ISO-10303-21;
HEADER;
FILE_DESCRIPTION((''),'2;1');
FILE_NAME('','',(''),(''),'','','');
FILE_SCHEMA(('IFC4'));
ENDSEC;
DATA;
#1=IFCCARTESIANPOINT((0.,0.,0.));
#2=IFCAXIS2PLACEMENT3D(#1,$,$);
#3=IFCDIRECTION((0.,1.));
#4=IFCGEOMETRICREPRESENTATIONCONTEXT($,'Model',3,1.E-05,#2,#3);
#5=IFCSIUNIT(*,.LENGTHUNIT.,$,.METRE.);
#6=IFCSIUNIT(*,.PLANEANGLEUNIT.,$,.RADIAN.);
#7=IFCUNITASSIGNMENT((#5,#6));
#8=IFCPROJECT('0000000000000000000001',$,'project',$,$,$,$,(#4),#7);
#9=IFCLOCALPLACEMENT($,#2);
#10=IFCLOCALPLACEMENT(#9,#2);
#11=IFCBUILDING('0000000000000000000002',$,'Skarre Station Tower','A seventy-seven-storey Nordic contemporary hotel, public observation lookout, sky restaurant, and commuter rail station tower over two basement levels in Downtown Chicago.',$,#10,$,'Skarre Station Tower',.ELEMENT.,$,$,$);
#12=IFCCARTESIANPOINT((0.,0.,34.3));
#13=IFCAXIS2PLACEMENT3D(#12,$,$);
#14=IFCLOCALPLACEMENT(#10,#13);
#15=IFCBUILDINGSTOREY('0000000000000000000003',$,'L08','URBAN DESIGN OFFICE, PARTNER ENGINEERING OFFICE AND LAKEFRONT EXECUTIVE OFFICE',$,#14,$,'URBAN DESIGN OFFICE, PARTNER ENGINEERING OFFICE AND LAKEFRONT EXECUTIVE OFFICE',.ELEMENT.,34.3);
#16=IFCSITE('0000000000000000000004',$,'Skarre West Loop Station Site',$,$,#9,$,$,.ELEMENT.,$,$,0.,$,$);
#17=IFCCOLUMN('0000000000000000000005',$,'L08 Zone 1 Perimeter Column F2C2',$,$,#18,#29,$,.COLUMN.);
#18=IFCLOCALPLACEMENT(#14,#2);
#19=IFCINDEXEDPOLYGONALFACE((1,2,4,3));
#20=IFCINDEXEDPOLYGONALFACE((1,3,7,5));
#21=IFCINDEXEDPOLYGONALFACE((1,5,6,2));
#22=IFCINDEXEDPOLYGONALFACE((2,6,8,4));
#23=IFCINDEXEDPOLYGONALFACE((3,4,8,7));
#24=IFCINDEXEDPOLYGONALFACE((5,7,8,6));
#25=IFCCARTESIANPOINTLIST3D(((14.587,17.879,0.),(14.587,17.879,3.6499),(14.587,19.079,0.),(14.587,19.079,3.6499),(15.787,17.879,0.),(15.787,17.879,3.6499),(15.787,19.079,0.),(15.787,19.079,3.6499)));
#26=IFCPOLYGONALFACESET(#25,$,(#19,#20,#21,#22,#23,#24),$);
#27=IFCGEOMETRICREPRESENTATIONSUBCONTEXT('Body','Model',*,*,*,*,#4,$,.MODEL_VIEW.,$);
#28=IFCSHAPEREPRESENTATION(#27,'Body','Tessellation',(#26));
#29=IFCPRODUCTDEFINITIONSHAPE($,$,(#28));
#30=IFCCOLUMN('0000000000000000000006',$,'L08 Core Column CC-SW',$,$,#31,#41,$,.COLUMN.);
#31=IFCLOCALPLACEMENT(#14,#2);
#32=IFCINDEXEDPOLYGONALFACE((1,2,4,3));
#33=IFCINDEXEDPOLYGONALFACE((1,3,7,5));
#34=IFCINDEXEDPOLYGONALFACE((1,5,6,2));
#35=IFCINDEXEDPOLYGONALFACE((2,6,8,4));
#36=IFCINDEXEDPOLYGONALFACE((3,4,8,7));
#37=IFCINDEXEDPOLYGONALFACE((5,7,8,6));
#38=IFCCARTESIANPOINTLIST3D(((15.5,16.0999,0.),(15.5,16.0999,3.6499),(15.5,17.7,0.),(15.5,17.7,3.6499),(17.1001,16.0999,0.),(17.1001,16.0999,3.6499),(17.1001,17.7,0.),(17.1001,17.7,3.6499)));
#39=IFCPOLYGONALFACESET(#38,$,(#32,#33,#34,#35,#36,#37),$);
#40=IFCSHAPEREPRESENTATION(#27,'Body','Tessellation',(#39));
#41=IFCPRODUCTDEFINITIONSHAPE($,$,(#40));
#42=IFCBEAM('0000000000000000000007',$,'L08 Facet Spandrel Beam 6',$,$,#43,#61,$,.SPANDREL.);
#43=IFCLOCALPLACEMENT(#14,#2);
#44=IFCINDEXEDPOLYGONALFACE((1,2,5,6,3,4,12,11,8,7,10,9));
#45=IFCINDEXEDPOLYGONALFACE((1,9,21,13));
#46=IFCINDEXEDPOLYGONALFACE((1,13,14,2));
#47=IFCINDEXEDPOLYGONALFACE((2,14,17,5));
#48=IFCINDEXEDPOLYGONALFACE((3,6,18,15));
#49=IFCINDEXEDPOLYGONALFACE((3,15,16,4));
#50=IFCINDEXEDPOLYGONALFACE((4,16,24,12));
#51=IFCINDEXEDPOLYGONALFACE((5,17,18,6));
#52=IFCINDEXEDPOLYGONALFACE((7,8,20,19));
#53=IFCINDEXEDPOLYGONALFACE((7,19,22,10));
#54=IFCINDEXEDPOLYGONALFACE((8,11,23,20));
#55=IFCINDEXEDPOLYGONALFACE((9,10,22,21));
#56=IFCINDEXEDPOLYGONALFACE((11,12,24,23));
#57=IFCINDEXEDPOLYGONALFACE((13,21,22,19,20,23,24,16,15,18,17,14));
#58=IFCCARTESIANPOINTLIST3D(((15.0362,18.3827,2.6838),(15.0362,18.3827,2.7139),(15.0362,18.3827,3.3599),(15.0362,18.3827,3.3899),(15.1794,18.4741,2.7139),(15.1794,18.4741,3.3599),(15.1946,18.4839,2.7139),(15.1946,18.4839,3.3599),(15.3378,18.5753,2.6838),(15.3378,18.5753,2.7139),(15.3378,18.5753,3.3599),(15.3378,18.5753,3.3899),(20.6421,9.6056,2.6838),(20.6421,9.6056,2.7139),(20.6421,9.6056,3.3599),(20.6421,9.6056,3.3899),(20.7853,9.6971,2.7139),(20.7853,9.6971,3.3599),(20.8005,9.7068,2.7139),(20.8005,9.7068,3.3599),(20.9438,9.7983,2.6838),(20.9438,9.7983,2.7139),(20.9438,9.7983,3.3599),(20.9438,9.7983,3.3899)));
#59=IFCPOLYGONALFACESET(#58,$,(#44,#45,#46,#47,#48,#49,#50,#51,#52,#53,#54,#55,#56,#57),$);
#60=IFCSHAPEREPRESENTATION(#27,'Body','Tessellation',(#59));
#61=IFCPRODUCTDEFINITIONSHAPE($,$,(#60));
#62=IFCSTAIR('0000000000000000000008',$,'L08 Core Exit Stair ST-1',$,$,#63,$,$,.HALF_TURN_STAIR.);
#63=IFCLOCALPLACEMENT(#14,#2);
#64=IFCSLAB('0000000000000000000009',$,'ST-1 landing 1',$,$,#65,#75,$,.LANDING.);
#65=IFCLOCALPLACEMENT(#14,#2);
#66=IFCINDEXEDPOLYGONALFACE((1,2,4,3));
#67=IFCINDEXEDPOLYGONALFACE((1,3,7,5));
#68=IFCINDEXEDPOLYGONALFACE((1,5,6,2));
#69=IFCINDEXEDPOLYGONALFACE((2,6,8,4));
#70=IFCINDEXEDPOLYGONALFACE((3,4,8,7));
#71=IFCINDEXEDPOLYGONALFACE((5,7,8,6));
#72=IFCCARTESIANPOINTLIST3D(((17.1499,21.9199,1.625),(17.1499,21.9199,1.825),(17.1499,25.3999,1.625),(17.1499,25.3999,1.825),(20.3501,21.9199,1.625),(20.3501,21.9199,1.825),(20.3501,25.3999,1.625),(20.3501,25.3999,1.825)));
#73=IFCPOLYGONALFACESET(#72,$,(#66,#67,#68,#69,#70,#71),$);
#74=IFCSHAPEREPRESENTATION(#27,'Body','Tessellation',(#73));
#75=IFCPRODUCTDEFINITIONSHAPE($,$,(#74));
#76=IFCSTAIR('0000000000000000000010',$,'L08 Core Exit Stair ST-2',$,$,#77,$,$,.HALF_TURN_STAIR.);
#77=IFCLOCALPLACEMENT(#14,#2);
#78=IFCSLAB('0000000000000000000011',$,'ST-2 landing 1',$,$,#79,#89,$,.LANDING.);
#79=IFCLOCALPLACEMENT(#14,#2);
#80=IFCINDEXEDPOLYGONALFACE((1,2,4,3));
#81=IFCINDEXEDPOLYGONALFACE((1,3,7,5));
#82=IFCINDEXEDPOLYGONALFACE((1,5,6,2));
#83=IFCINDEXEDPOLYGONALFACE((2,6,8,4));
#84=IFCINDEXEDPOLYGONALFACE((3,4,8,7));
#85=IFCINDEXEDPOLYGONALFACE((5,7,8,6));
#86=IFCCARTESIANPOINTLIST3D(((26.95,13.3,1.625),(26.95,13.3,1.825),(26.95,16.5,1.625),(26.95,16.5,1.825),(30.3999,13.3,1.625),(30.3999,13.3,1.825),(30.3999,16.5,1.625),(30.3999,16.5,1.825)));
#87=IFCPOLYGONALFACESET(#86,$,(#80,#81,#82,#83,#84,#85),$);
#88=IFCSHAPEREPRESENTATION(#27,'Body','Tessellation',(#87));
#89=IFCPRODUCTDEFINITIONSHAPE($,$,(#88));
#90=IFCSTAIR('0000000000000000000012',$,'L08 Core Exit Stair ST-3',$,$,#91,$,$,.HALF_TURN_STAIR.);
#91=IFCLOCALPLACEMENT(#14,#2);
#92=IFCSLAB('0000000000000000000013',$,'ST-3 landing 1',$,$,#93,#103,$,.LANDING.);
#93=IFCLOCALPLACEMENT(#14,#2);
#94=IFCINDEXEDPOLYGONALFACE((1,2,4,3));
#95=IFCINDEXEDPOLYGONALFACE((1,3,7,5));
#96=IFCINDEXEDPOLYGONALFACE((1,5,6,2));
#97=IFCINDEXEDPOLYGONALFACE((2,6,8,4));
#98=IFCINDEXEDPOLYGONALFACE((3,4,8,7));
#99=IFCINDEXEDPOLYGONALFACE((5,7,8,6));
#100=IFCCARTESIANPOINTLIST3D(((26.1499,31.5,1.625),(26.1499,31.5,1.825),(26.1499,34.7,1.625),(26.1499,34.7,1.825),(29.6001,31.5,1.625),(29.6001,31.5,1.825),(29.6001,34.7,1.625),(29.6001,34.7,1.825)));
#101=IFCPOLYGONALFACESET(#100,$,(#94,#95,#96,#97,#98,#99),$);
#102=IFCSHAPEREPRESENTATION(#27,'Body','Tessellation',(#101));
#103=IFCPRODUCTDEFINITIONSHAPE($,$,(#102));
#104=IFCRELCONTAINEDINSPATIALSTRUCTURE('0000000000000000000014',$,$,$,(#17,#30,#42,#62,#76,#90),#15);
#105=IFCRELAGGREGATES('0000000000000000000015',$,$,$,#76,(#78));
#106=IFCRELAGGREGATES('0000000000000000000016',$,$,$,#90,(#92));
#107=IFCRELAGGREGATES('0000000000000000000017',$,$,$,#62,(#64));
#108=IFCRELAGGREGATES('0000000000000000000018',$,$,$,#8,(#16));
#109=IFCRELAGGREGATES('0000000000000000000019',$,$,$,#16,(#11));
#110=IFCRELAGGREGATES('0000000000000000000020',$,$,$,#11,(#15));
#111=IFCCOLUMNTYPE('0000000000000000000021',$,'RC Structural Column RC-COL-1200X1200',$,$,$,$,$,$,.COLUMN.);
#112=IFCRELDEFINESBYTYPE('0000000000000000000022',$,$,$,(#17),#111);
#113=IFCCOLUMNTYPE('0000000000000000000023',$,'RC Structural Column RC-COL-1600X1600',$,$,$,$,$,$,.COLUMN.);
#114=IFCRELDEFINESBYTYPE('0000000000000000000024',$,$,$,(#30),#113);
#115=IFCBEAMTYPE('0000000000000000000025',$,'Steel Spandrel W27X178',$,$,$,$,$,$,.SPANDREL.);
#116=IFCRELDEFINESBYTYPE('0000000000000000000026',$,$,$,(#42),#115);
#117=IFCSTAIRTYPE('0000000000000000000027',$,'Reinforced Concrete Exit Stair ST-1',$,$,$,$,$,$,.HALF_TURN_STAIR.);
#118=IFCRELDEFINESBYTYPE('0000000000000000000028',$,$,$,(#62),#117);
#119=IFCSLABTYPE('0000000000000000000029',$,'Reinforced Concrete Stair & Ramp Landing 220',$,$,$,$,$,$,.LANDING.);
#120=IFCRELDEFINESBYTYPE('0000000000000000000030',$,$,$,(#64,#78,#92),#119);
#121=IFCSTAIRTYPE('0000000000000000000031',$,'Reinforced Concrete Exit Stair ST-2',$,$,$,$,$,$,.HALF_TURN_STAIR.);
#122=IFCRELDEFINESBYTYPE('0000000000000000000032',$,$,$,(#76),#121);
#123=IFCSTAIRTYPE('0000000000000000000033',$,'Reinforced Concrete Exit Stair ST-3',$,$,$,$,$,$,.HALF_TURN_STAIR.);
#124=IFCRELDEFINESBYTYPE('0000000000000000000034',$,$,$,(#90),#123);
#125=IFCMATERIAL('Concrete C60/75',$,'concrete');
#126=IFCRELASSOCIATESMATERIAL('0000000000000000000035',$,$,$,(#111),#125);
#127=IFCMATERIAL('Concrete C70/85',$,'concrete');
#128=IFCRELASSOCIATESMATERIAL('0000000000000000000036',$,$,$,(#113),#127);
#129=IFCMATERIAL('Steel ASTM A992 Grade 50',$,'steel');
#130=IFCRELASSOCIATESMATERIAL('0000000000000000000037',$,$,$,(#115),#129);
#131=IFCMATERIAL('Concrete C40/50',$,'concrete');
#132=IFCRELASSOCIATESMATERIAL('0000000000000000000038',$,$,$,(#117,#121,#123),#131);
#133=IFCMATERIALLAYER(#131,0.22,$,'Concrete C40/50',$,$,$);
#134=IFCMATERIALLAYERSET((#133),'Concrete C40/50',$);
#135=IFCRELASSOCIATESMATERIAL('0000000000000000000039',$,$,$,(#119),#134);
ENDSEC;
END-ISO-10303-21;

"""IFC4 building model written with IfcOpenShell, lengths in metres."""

from ifc_helpers import new_model, si_unit, direction, frame, origin, origin_2d, place, context, subcontext, project, spatial, polyline, rectangle, i_section, outline, extrude, material, layer, layer_set, material_profile, profile_set, type_object, element, aggregate, save


model = new_model("IFC4")

# Units and contexts
model_context = context("Model", 3, precision=1e-05, world=origin(), true_north=direction((0.0, 1.0)))
body_context = subcontext(model_context, "Body", "Model", "MODEL_VIEW")
ifc_project = project(units=[si_unit("LENGTHUNIT", "METRE"), si_unit("PLANEANGLEUNIT", "RADIAN")], contexts=[model_context])

# Site, building, storey
site_placement = place(None, origin())
site = spatial("IfcSite", under=ifc_project, at=site_placement, Name="Skarre West Loop Station Site", CompositionType="ELEMENT", RefElevation=0.0)
building_placement = place(site_placement, origin())
building = spatial("IfcBuilding", under=site, at=building_placement, Name="Skarre Station Tower", Description="A seventy-seven-storey Nordic contemporary hotel, public observation lookout, sky restaurant, and commuter rail station tower over two basement levels in Downtown Chicago.", LongName="Skarre Station Tower", CompositionType="ELEMENT")
storey_placement = place(building_placement, frame((0.0, 0.0, 34.3)))
storey = spatial("IfcBuildingStorey", under=building, at=storey_placement, Name="L08", Description="URBAN DESIGN OFFICE, PARTNER ENGINEERING OFFICE AND LAKEFRONT EXECUTIVE OFFICE", LongName="URBAN DESIGN OFFICE, PARTNER ENGINEERING OFFICE AND LAKEFRONT EXECUTIVE OFFICE", CompositionType="ELEMENT", Elevation=34.3)

# Columns
ifc_material_1 = material(Name="Concrete C60/75", Category="concrete")
ifc_material_profile_1 = material_profile(ifc_material_1, rectangle(XDim=1.2, YDim=1.2, at=origin_2d()), Name="Concrete C60/75")
ifc_profile_set_1 = profile_set([ifc_material_profile_1], Name="Concrete C60/75")
column_type_1 = type_object("IfcColumnType", Name="RC Structural Column RC-COL-1200X1200", PredefinedType="COLUMN", material=ifc_profile_set_1)
column_1_placement = place(storey_placement, frame((15.187, 18.479, 0.0), z_axis=(0.0, 0.0, 1.0), x_axis=(1.0, 0.0, 0.0)))
element("IfcColumn", 1, at=column_1_placement, inside=storey, type_object=column_type_1, Name="L08 Zone 1 Perimeter Column F2C2", PredefinedType="COLUMN", context=body_context, shape_type="SweptSolid", body=[
    extrude(rectangle(XDim=1.2, YDim=1.2, at=origin_2d()), origin(), (0.0, 0.0, 1.0), 3.6499),
])
ifc_material_2 = material(Name="Concrete C70/85", Category="concrete")
ifc_material_profile_2 = material_profile(ifc_material_2, rectangle(XDim=1.6001, YDim=1.6001, at=origin_2d()), Name="Concrete C70/85")
ifc_profile_set_2 = profile_set([ifc_material_profile_2], Name="Concrete C70/85")
column_type_2 = type_object("IfcColumnType", Name="RC Structural Column RC-COL-1600X1600", PredefinedType="COLUMN", material=ifc_profile_set_2)
column_2_placement = place(storey_placement, frame((16.3, 16.8999, 0.0), z_axis=(0.0, 0.0, 1.0), x_axis=(1.0, 0.0, 0.0)))
element("IfcColumn", 2, at=column_2_placement, inside=storey, type_object=column_type_2, Name="L08 Core Column CC-SW", PredefinedType="COLUMN", context=body_context, shape_type="SweptSolid", body=[
    extrude(rectangle(XDim=1.6001, YDim=1.6001, at=origin_2d()), origin(), (0.0, 0.0, 1.0), 3.6499),
])

# Beam
ifc_material_3 = material(Name="Steel ASTM A992 Grade 50", Category="steel")
ifc_material_profile_3 = material_profile(ifc_material_3, i_section(OverallWidth=0.3579, OverallDepth=0.7061, WebThickness=0.0181, FlangeThickness=0.03, at=origin_2d()), Name="Steel ASTM A992 Grade 50")
ifc_profile_set_3 = profile_set([ifc_material_profile_3], Name="Steel ASTM A992 Grade 50")
beam_type = type_object("IfcBeamType", Name="Steel Spandrel W27X178", PredefinedType="SPANDREL", material=ifc_profile_set_3)
beam_placement = place(storey_placement, frame((15.187, 18.479, 3.0369), z_axis=(0.538278, -0.842767, 0.0), x_axis=(0.842767, 0.538278, 0.0)))
element("IfcBeam", 3, at=beam_placement, inside=storey, type_object=beam_type, Name="L08 Facet Spandrel Beam 6", PredefinedType="SPANDREL", context=body_context, shape_type="SweptSolid", body=[
    extrude(i_section(OverallWidth=0.3579, OverallDepth=0.7061, WebThickness=0.0181, FlangeThickness=0.03, at=origin_2d()), origin(), (0.0, 0.0, 1.0), 10.4146),
])

# Stairs, slabs
ifc_material_4 = material(Name="Concrete C40/50", Category="concrete")
stair_type_1 = type_object("IfcStairType", Name="Reinforced Concrete Exit Stair ST-1", PredefinedType="HALF_TURN_STAIR", material=ifc_material_4)
stair_1_placement = place(storey_placement, origin())
stair_1 = element("IfcStair", 4, at=stair_1_placement, inside=storey, type_object=stair_type_1, Name="L08 Core Exit Stair ST-1", PredefinedType="HALF_TURN_STAIR")
ifc_layer_1 = layer(ifc_material_4, 0.22, Name="Concrete C40/50")
ifc_layer_set_1 = layer_set([ifc_layer_1], Name="Concrete C40/50")
slab_type_1 = type_object("IfcSlabType", Name="Reinforced Concrete Stair & Ramp Landing 220", PredefinedType="LANDING", material=ifc_layer_set_1)
slab_1_placement = place(storey_placement, frame((0.0, 0.0, 1.625)))
slab_1 = element("IfcSlab", 5, at=slab_1_placement, type_object=slab_type_1, Name="ST-1 landing 1", PredefinedType="LANDING", context=body_context, shape_type="SweptSolid", body=[
    extrude(outline(polyline([(20.3501, 21.9199), (20.3501, 25.3999), (17.1499, 25.3999), (17.1499, 21.9199), (20.3501, 21.9199)])), origin(), (0.0, 0.0, 1.0), 0.2),
])
stair_type_2 = type_object("IfcStairType", Name="Reinforced Concrete Exit Stair ST-2", PredefinedType="HALF_TURN_STAIR", material=ifc_material_4)
stair_2_placement = place(storey_placement, origin())
stair_2 = element("IfcStair", 6, at=stair_2_placement, inside=storey, type_object=stair_type_2, Name="L08 Core Exit Stair ST-2", PredefinedType="HALF_TURN_STAIR")
slab_2_placement = place(storey_placement, frame((0.0, 0.0, 1.625)))
slab_2 = element("IfcSlab", 7, at=slab_2_placement, type_object=slab_type_1, Name="ST-2 landing 1", PredefinedType="LANDING", context=body_context, shape_type="SweptSolid", body=[
    extrude(outline(polyline([(26.95, 13.3), (30.3999, 13.3), (30.3999, 16.5), (26.95, 16.5), (26.95, 13.3)])), origin(), (0.0, 0.0, 1.0), 0.2),
])
aggregate(stair_2, [slab_2])
stair_type_3 = type_object("IfcStairType", Name="Reinforced Concrete Exit Stair ST-3", PredefinedType="HALF_TURN_STAIR", material=ifc_material_4)
stair_3_placement = place(storey_placement, origin())
stair_3 = element("IfcStair", 8, at=stair_3_placement, inside=storey, type_object=stair_type_3, Name="L08 Core Exit Stair ST-3", PredefinedType="HALF_TURN_STAIR")
slab_3_placement = place(storey_placement, frame((0.0, 0.0, 1.625)))
slab_3 = element("IfcSlab", 9, at=slab_3_placement, type_object=slab_type_1, Name="ST-3 landing 1", PredefinedType="LANDING", context=body_context, shape_type="SweptSolid", body=[
    extrude(outline(polyline([(26.1499, 31.5), (29.6001, 31.5), (29.6001, 34.7), (26.1499, 34.7), (26.1499, 31.5)])), origin(), (0.0, 0.0, 1.0), 0.2),
])
aggregate(stair_3, [slab_3])

aggregate(stair_1, [slab_1])

save(model, "model.ifc")
